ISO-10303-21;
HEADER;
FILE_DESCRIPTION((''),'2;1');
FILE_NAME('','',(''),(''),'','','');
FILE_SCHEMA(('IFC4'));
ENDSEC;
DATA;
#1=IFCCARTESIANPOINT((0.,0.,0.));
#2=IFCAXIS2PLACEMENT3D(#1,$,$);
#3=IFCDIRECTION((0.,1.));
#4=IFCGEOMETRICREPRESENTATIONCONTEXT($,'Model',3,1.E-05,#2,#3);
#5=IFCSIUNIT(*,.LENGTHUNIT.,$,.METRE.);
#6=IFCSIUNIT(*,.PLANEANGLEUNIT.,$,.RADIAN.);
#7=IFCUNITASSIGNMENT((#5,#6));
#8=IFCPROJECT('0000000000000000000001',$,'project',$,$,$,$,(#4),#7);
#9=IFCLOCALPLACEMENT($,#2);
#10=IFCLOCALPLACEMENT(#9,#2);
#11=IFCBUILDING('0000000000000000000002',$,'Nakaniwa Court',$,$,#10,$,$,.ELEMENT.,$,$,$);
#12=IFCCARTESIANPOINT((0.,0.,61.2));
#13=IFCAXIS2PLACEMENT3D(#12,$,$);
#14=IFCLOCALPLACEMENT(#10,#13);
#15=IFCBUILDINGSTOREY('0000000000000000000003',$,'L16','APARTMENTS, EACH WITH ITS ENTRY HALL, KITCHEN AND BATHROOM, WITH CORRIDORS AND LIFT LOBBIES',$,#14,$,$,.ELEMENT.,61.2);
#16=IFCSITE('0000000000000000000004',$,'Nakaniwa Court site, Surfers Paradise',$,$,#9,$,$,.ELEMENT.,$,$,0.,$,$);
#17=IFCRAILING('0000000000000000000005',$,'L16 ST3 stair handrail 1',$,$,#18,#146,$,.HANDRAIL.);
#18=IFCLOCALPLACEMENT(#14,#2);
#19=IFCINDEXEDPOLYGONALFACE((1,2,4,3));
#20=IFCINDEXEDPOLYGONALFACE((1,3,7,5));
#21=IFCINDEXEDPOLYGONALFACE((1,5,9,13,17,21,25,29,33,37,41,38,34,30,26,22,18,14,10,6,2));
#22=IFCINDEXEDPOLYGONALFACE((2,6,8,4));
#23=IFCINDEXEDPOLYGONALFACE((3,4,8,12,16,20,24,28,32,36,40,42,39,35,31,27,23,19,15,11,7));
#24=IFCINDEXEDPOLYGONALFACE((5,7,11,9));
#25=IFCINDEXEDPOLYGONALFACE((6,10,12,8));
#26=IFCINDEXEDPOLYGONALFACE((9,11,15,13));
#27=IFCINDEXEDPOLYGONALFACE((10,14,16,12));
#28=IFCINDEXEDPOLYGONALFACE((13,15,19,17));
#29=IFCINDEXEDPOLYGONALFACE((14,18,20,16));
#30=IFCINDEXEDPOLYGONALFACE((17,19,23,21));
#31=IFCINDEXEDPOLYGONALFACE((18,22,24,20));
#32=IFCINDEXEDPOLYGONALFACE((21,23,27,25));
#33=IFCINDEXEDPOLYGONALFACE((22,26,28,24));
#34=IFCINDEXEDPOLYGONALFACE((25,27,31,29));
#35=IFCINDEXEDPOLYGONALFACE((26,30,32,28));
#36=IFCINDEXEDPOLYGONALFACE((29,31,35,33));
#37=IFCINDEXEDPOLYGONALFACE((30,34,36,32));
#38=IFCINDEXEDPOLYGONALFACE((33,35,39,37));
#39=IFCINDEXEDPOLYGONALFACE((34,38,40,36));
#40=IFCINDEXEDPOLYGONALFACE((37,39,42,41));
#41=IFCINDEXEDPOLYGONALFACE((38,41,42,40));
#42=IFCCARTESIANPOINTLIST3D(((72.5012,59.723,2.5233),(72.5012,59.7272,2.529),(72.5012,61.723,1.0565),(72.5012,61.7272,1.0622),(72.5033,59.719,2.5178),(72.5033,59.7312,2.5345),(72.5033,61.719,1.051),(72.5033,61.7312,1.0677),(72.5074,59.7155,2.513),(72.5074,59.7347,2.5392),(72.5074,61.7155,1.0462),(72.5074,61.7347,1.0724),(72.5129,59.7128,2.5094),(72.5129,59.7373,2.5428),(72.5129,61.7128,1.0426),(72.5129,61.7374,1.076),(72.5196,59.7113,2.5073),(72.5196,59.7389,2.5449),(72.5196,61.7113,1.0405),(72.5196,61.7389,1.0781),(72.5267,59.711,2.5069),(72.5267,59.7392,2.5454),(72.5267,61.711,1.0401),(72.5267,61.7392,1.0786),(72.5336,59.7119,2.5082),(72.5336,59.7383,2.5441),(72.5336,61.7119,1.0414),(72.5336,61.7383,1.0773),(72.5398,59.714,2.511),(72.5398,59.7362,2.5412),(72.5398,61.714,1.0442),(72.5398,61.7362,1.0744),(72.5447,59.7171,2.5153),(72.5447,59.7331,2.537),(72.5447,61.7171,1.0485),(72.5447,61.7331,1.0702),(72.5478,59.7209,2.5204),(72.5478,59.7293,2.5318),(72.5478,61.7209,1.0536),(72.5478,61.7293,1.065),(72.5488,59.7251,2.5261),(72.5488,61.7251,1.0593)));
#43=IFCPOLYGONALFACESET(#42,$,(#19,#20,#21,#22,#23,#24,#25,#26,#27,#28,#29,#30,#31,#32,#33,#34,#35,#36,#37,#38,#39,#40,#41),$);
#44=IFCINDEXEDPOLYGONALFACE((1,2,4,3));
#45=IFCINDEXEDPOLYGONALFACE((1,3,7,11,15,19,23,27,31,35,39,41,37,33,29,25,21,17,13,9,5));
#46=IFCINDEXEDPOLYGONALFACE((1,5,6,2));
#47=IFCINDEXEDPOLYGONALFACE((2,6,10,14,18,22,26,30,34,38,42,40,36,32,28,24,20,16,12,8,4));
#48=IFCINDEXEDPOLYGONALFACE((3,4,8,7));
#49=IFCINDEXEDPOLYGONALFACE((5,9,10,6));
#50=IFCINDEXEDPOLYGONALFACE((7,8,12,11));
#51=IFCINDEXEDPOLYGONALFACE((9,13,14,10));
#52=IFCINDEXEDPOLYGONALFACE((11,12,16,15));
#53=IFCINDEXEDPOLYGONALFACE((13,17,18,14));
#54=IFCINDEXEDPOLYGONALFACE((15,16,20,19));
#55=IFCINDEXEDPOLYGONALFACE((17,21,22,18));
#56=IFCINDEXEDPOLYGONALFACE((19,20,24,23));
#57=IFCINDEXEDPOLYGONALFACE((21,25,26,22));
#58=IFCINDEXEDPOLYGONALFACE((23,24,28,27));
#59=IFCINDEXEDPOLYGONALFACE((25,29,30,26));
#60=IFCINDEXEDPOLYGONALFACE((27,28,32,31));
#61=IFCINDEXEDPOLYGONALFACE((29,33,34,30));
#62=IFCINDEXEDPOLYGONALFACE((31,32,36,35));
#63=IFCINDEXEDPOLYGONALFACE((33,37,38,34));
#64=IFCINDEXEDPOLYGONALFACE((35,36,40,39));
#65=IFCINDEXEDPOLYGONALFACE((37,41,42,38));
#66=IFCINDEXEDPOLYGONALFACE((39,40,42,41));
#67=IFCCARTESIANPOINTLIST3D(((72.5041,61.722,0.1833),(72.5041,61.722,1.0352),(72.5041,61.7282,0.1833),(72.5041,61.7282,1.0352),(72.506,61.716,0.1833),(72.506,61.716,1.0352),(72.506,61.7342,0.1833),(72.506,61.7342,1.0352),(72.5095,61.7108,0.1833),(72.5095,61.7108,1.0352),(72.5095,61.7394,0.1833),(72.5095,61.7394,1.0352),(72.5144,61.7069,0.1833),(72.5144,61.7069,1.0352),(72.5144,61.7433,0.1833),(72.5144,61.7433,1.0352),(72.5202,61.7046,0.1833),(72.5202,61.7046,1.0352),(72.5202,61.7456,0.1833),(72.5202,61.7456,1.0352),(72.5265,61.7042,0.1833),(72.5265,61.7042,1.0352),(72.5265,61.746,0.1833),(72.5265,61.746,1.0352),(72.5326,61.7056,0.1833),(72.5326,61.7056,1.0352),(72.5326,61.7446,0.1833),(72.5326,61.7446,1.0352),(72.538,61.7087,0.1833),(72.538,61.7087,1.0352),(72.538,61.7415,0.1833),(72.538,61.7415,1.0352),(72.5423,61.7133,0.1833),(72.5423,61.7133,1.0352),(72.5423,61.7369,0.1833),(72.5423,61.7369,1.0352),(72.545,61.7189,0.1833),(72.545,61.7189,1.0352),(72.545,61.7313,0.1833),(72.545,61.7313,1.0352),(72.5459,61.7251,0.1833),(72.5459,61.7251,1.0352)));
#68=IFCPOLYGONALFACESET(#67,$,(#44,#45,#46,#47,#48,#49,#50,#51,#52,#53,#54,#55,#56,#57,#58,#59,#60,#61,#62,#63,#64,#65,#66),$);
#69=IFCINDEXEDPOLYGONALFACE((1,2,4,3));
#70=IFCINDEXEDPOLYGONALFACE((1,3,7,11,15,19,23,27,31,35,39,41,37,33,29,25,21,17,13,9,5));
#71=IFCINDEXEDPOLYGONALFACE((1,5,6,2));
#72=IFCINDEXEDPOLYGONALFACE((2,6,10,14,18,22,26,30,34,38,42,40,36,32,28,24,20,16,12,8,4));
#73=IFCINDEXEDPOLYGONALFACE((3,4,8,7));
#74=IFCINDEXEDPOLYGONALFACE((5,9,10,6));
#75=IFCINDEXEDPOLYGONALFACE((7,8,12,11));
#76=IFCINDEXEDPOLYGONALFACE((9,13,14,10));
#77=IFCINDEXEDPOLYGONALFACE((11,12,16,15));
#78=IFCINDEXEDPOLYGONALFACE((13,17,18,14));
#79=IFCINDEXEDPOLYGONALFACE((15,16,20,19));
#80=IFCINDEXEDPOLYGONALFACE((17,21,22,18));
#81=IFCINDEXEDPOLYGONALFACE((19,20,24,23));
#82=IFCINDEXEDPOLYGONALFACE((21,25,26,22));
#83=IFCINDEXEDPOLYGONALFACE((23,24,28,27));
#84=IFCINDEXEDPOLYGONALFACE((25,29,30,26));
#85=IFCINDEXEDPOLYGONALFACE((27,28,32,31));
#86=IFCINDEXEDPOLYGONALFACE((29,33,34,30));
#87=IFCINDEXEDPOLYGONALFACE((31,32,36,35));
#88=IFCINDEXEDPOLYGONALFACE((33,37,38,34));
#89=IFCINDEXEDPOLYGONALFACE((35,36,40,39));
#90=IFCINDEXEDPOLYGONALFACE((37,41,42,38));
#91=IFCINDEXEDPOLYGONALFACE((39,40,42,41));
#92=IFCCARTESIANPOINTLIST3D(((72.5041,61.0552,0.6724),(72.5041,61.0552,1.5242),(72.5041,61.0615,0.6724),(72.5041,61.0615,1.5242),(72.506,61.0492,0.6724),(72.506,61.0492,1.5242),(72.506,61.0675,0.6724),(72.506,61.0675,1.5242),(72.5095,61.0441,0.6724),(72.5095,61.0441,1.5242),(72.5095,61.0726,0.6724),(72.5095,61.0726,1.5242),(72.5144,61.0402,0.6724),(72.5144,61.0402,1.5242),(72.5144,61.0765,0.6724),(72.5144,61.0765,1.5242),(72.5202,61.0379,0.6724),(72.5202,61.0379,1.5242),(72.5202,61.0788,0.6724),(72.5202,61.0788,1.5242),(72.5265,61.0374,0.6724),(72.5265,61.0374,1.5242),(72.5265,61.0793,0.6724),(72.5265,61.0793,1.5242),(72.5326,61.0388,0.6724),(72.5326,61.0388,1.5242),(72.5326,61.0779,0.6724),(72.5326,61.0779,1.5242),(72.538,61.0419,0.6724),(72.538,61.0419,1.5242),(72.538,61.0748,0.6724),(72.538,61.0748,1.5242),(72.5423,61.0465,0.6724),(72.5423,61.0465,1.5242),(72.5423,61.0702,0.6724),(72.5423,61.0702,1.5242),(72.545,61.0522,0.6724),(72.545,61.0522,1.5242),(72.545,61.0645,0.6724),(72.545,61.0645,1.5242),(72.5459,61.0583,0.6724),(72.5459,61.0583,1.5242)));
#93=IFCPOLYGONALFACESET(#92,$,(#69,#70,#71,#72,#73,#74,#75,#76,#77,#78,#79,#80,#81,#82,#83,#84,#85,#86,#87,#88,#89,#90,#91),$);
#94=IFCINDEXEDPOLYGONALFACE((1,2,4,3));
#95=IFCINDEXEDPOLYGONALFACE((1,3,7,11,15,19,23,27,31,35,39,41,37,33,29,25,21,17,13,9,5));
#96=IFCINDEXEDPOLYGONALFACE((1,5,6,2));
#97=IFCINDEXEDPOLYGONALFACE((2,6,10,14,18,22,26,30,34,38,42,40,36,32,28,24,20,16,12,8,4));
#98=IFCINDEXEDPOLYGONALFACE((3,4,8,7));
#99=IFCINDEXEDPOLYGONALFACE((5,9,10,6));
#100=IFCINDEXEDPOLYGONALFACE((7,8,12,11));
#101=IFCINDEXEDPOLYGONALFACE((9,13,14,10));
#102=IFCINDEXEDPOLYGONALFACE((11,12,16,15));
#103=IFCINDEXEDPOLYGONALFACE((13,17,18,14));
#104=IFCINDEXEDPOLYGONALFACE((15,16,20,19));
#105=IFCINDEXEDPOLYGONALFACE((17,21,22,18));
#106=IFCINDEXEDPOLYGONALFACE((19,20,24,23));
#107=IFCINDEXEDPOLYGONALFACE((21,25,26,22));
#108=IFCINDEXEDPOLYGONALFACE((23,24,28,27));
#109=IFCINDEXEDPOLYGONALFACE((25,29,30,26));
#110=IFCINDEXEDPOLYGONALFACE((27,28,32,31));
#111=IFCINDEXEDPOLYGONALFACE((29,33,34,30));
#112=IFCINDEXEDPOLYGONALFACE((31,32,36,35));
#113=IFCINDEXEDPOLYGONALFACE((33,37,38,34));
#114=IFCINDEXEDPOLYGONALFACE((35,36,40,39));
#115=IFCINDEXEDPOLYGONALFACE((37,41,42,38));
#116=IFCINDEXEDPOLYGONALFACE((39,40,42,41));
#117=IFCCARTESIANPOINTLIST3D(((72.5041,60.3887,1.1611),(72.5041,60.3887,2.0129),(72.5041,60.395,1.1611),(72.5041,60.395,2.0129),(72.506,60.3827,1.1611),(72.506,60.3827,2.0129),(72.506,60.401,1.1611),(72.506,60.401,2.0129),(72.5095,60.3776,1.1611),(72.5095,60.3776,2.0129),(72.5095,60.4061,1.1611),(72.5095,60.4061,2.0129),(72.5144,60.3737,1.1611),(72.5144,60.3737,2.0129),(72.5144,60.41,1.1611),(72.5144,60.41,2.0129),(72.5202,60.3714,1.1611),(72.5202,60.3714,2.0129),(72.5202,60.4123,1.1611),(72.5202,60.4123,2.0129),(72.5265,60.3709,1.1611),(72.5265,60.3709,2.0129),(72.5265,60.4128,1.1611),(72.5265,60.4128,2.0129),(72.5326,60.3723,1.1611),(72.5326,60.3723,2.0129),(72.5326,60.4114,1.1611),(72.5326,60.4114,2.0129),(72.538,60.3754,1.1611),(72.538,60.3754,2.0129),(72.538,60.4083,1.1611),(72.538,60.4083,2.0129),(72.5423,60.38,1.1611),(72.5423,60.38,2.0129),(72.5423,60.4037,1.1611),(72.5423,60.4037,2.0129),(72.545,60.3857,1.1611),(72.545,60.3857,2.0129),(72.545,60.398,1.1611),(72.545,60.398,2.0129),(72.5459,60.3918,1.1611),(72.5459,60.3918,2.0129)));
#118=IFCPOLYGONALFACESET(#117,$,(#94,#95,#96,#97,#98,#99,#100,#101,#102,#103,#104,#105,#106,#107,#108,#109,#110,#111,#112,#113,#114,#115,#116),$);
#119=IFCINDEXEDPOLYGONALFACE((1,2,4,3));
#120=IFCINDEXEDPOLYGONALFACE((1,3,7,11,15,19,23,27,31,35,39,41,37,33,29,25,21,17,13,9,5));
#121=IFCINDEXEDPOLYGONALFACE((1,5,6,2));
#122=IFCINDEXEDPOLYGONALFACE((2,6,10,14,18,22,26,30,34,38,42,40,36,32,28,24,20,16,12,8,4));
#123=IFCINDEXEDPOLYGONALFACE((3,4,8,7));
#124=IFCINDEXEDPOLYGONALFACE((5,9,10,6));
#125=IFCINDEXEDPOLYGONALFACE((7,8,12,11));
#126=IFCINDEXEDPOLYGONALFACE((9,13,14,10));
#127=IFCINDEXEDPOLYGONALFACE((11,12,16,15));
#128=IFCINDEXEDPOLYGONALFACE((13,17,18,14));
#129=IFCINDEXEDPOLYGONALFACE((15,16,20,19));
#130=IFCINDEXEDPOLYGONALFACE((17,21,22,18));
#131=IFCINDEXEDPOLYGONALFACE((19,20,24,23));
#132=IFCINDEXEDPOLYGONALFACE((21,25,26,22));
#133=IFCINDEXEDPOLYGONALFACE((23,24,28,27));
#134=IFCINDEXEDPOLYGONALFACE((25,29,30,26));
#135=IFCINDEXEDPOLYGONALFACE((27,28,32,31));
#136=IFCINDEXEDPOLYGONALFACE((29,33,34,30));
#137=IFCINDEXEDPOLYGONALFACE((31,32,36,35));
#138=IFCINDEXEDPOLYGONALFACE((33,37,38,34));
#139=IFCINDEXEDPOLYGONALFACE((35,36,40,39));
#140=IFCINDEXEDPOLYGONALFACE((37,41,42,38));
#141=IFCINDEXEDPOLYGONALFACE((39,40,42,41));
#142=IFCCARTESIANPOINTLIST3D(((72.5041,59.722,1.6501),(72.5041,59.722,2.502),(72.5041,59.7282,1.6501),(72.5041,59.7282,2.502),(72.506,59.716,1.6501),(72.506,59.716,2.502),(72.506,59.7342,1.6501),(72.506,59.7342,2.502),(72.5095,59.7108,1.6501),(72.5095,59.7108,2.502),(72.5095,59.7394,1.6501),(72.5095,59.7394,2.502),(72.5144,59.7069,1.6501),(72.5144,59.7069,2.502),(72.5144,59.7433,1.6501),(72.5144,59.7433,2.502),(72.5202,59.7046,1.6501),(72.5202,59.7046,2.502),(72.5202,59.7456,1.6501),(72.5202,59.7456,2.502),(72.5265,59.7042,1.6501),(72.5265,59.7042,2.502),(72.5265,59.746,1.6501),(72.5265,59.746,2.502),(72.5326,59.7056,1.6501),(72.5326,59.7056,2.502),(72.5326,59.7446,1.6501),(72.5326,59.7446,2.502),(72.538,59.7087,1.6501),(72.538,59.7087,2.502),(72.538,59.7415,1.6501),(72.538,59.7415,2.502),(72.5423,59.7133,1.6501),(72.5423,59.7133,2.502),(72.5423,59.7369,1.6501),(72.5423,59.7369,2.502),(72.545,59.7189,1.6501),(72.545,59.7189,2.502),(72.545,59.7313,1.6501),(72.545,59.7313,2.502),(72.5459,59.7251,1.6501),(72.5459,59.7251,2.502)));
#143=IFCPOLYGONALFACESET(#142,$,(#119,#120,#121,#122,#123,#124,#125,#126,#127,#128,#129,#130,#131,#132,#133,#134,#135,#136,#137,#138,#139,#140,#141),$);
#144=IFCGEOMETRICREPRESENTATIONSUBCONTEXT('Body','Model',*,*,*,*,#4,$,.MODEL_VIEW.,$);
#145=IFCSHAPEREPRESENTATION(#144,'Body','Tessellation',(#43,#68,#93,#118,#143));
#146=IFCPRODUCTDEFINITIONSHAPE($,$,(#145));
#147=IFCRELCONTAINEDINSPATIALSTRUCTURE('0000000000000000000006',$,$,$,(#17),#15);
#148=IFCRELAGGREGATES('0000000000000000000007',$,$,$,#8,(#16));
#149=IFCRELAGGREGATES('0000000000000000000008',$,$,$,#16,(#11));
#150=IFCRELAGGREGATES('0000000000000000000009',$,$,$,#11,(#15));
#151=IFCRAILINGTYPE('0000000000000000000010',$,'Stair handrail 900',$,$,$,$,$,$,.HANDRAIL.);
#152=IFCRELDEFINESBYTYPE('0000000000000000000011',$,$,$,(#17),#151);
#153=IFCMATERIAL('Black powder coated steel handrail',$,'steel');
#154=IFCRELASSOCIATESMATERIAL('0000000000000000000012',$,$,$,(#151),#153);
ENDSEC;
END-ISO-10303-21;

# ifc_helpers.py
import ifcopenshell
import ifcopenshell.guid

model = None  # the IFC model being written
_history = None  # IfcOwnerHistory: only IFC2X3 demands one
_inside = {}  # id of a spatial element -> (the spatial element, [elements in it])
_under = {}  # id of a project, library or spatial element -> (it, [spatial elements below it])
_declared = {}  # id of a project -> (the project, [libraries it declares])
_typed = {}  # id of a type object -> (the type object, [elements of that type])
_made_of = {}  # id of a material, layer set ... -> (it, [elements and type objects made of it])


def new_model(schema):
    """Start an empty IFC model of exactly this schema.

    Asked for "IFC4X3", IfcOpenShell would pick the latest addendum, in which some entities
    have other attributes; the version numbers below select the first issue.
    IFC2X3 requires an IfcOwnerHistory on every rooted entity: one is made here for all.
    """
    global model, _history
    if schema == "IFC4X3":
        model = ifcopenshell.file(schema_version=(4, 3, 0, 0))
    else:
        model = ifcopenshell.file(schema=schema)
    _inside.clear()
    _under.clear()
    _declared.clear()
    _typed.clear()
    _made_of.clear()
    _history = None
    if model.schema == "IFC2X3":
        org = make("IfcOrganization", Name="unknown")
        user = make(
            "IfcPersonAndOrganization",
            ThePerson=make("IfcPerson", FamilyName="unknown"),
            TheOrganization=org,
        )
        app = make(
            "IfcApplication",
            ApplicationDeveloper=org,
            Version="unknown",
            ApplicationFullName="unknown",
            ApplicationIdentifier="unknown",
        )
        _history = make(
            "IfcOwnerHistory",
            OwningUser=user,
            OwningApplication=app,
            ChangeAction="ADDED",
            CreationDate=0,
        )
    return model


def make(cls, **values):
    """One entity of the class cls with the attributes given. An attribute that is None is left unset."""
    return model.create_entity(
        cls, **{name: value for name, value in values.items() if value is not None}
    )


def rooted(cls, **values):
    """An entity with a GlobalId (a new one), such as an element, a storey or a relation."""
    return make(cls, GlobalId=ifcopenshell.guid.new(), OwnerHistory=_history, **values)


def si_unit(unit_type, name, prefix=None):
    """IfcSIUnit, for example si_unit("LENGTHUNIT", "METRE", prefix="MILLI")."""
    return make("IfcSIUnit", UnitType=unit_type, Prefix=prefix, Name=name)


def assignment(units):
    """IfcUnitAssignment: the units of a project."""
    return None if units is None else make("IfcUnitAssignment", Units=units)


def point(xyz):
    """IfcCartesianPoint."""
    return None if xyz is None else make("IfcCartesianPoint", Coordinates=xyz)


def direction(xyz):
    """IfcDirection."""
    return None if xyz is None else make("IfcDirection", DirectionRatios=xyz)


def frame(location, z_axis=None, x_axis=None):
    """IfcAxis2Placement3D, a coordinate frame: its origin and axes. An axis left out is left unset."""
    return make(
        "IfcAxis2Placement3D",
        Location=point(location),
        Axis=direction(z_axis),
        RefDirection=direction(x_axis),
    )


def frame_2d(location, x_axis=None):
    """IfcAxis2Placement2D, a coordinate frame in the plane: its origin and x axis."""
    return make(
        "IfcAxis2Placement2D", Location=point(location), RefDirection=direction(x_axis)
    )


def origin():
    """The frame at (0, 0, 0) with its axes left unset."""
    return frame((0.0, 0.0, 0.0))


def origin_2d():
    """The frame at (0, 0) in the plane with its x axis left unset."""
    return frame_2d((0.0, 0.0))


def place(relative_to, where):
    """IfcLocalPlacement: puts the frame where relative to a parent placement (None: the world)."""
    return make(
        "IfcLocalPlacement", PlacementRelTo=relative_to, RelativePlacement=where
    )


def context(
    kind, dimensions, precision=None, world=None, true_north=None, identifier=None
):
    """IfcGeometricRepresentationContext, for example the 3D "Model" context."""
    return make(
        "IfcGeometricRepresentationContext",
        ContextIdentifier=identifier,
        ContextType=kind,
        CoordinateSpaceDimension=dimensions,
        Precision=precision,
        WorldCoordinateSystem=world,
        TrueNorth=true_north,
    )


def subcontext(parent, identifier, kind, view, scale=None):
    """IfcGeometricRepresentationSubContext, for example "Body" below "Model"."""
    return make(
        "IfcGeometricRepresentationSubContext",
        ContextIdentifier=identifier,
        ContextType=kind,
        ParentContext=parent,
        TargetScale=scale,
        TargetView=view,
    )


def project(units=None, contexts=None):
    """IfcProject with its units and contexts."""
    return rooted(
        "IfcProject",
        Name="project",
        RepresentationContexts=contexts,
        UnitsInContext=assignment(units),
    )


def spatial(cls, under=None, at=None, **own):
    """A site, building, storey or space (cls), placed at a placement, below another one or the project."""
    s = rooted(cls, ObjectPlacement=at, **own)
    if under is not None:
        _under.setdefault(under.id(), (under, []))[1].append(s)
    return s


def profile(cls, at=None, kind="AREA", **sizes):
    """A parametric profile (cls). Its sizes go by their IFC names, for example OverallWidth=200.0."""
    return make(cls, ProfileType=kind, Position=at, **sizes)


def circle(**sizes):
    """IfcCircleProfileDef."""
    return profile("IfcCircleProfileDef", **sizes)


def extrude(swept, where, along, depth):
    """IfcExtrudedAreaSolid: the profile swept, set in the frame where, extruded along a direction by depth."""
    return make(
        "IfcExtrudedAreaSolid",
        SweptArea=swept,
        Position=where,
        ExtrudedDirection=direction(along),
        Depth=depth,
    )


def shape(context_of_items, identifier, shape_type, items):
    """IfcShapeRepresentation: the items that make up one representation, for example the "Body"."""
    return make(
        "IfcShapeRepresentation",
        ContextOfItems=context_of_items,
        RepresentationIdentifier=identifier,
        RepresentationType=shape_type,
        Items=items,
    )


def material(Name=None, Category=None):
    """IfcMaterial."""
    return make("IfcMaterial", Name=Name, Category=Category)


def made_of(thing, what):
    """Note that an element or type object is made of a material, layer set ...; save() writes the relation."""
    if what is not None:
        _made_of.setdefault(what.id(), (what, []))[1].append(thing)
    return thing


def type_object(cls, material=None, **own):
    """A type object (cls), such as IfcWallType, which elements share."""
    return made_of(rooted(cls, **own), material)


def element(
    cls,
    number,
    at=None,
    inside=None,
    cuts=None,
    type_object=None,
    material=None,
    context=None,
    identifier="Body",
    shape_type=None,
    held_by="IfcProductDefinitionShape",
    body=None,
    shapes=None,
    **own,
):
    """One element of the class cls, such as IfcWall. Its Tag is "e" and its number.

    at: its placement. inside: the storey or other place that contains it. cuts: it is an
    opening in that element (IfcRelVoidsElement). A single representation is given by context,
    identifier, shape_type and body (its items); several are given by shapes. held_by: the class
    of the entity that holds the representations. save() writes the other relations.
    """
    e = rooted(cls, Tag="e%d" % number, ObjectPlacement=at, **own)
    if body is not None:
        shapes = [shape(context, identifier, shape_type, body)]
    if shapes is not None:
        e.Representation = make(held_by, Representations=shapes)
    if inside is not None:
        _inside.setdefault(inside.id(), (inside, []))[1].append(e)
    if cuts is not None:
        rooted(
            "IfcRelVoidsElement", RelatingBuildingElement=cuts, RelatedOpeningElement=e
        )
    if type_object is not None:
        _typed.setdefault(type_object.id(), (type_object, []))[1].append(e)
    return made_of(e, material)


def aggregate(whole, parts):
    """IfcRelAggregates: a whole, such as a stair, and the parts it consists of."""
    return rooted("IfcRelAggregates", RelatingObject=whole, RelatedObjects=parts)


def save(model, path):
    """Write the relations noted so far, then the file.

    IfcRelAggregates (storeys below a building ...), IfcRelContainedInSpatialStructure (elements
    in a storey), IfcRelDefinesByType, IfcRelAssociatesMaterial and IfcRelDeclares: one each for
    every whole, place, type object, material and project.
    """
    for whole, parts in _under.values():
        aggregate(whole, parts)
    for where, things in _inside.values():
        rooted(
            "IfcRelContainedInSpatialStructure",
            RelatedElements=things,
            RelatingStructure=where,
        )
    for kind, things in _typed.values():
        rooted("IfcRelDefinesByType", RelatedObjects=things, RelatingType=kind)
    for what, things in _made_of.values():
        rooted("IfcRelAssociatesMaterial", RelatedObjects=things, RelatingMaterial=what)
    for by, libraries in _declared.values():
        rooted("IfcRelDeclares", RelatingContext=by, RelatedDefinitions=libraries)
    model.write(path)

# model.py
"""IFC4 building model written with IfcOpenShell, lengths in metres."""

from ifc_helpers import new_model, si_unit, direction, frame, origin, origin_2d, place, context, subcontext, project, spatial, circle, extrude, material, type_object, element, save


model = new_model("IFC4")

# Units and contexts
model_context = context("Model", 3, precision=1e-05, world=origin(), true_north=direction((0.0, 1.0)))
body_context = subcontext(model_context, "Body", "Model", "MODEL_VIEW")
ifc_project = project(units=[si_unit("LENGTHUNIT", "METRE"), si_unit("PLANEANGLEUNIT", "RADIAN")], contexts=[model_context])

# Site, building, storey
site_placement = place(None, origin())
site = spatial("IfcSite", under=ifc_project, at=site_placement, Name="Nakaniwa Court site, Surfers Paradise", CompositionType="ELEMENT", RefElevation=0.0)
building_placement = place(site_placement, origin())
building = spatial("IfcBuilding", under=site, at=building_placement, Name="Nakaniwa Court", CompositionType="ELEMENT")
storey_placement = place(building_placement, frame((0.0, 0.0, 61.2)))
storey = spatial("IfcBuildingStorey", under=building, at=storey_placement, Name="L16", Description="APARTMENTS, EACH WITH ITS ENTRY HALL, KITCHEN AND BATHROOM, WITH CORRIDORS AND LIFT LOBBIES", CompositionType="ELEMENT", Elevation=61.2)

# Railing
ifc_material_1 = material(Name="Black powder coated steel handrail", Category="steel")
railing_type_1 = type_object("IfcRailingType", Name="Stair handrail 900", PredefinedType="HANDRAIL", material=ifc_material_1)
railing_1_placement = place(storey_placement, frame((72.5249, 61.7251, 0.1833)))
element("IfcRailing", 1, at=railing_1_placement, inside=storey, type_object=railing_type_1, Name="L16 ST3 stair handrail 1", PredefinedType="HANDRAIL", context=body_context, shape_type="SweptSolid", body=[
    extrude(circle(Radius=0.0239, at=origin_2d()), frame((0.0, 0.0, 0.876), z_axis=(0.0, -0.80638, 0.591398), x_axis=(1.0, 0.0, 0.0)), (0.0, 0.0, 1.0), 2.4802),
    extrude(circle(Radius=0.021, at=origin_2d()), origin(), (0.0, 0.0, 1.0), 0.8518),
    extrude(circle(Radius=0.021, at=origin_2d()), frame((0.0, -0.6667, 0.489)), (0.0, 0.0, 1.0), 0.8518),
    extrude(circle(Radius=0.021, at=origin_2d()), frame((0.0, -1.3333, 0.9778)), (0.0, 0.0, 1.0), 0.8518),
    extrude(circle(Radius=0.021, at=origin_2d()), frame((0.0, -2.0, 1.4668)), (0.0, 0.0, 1.0), 0.8518),
])

save(model, "model.ifc")
